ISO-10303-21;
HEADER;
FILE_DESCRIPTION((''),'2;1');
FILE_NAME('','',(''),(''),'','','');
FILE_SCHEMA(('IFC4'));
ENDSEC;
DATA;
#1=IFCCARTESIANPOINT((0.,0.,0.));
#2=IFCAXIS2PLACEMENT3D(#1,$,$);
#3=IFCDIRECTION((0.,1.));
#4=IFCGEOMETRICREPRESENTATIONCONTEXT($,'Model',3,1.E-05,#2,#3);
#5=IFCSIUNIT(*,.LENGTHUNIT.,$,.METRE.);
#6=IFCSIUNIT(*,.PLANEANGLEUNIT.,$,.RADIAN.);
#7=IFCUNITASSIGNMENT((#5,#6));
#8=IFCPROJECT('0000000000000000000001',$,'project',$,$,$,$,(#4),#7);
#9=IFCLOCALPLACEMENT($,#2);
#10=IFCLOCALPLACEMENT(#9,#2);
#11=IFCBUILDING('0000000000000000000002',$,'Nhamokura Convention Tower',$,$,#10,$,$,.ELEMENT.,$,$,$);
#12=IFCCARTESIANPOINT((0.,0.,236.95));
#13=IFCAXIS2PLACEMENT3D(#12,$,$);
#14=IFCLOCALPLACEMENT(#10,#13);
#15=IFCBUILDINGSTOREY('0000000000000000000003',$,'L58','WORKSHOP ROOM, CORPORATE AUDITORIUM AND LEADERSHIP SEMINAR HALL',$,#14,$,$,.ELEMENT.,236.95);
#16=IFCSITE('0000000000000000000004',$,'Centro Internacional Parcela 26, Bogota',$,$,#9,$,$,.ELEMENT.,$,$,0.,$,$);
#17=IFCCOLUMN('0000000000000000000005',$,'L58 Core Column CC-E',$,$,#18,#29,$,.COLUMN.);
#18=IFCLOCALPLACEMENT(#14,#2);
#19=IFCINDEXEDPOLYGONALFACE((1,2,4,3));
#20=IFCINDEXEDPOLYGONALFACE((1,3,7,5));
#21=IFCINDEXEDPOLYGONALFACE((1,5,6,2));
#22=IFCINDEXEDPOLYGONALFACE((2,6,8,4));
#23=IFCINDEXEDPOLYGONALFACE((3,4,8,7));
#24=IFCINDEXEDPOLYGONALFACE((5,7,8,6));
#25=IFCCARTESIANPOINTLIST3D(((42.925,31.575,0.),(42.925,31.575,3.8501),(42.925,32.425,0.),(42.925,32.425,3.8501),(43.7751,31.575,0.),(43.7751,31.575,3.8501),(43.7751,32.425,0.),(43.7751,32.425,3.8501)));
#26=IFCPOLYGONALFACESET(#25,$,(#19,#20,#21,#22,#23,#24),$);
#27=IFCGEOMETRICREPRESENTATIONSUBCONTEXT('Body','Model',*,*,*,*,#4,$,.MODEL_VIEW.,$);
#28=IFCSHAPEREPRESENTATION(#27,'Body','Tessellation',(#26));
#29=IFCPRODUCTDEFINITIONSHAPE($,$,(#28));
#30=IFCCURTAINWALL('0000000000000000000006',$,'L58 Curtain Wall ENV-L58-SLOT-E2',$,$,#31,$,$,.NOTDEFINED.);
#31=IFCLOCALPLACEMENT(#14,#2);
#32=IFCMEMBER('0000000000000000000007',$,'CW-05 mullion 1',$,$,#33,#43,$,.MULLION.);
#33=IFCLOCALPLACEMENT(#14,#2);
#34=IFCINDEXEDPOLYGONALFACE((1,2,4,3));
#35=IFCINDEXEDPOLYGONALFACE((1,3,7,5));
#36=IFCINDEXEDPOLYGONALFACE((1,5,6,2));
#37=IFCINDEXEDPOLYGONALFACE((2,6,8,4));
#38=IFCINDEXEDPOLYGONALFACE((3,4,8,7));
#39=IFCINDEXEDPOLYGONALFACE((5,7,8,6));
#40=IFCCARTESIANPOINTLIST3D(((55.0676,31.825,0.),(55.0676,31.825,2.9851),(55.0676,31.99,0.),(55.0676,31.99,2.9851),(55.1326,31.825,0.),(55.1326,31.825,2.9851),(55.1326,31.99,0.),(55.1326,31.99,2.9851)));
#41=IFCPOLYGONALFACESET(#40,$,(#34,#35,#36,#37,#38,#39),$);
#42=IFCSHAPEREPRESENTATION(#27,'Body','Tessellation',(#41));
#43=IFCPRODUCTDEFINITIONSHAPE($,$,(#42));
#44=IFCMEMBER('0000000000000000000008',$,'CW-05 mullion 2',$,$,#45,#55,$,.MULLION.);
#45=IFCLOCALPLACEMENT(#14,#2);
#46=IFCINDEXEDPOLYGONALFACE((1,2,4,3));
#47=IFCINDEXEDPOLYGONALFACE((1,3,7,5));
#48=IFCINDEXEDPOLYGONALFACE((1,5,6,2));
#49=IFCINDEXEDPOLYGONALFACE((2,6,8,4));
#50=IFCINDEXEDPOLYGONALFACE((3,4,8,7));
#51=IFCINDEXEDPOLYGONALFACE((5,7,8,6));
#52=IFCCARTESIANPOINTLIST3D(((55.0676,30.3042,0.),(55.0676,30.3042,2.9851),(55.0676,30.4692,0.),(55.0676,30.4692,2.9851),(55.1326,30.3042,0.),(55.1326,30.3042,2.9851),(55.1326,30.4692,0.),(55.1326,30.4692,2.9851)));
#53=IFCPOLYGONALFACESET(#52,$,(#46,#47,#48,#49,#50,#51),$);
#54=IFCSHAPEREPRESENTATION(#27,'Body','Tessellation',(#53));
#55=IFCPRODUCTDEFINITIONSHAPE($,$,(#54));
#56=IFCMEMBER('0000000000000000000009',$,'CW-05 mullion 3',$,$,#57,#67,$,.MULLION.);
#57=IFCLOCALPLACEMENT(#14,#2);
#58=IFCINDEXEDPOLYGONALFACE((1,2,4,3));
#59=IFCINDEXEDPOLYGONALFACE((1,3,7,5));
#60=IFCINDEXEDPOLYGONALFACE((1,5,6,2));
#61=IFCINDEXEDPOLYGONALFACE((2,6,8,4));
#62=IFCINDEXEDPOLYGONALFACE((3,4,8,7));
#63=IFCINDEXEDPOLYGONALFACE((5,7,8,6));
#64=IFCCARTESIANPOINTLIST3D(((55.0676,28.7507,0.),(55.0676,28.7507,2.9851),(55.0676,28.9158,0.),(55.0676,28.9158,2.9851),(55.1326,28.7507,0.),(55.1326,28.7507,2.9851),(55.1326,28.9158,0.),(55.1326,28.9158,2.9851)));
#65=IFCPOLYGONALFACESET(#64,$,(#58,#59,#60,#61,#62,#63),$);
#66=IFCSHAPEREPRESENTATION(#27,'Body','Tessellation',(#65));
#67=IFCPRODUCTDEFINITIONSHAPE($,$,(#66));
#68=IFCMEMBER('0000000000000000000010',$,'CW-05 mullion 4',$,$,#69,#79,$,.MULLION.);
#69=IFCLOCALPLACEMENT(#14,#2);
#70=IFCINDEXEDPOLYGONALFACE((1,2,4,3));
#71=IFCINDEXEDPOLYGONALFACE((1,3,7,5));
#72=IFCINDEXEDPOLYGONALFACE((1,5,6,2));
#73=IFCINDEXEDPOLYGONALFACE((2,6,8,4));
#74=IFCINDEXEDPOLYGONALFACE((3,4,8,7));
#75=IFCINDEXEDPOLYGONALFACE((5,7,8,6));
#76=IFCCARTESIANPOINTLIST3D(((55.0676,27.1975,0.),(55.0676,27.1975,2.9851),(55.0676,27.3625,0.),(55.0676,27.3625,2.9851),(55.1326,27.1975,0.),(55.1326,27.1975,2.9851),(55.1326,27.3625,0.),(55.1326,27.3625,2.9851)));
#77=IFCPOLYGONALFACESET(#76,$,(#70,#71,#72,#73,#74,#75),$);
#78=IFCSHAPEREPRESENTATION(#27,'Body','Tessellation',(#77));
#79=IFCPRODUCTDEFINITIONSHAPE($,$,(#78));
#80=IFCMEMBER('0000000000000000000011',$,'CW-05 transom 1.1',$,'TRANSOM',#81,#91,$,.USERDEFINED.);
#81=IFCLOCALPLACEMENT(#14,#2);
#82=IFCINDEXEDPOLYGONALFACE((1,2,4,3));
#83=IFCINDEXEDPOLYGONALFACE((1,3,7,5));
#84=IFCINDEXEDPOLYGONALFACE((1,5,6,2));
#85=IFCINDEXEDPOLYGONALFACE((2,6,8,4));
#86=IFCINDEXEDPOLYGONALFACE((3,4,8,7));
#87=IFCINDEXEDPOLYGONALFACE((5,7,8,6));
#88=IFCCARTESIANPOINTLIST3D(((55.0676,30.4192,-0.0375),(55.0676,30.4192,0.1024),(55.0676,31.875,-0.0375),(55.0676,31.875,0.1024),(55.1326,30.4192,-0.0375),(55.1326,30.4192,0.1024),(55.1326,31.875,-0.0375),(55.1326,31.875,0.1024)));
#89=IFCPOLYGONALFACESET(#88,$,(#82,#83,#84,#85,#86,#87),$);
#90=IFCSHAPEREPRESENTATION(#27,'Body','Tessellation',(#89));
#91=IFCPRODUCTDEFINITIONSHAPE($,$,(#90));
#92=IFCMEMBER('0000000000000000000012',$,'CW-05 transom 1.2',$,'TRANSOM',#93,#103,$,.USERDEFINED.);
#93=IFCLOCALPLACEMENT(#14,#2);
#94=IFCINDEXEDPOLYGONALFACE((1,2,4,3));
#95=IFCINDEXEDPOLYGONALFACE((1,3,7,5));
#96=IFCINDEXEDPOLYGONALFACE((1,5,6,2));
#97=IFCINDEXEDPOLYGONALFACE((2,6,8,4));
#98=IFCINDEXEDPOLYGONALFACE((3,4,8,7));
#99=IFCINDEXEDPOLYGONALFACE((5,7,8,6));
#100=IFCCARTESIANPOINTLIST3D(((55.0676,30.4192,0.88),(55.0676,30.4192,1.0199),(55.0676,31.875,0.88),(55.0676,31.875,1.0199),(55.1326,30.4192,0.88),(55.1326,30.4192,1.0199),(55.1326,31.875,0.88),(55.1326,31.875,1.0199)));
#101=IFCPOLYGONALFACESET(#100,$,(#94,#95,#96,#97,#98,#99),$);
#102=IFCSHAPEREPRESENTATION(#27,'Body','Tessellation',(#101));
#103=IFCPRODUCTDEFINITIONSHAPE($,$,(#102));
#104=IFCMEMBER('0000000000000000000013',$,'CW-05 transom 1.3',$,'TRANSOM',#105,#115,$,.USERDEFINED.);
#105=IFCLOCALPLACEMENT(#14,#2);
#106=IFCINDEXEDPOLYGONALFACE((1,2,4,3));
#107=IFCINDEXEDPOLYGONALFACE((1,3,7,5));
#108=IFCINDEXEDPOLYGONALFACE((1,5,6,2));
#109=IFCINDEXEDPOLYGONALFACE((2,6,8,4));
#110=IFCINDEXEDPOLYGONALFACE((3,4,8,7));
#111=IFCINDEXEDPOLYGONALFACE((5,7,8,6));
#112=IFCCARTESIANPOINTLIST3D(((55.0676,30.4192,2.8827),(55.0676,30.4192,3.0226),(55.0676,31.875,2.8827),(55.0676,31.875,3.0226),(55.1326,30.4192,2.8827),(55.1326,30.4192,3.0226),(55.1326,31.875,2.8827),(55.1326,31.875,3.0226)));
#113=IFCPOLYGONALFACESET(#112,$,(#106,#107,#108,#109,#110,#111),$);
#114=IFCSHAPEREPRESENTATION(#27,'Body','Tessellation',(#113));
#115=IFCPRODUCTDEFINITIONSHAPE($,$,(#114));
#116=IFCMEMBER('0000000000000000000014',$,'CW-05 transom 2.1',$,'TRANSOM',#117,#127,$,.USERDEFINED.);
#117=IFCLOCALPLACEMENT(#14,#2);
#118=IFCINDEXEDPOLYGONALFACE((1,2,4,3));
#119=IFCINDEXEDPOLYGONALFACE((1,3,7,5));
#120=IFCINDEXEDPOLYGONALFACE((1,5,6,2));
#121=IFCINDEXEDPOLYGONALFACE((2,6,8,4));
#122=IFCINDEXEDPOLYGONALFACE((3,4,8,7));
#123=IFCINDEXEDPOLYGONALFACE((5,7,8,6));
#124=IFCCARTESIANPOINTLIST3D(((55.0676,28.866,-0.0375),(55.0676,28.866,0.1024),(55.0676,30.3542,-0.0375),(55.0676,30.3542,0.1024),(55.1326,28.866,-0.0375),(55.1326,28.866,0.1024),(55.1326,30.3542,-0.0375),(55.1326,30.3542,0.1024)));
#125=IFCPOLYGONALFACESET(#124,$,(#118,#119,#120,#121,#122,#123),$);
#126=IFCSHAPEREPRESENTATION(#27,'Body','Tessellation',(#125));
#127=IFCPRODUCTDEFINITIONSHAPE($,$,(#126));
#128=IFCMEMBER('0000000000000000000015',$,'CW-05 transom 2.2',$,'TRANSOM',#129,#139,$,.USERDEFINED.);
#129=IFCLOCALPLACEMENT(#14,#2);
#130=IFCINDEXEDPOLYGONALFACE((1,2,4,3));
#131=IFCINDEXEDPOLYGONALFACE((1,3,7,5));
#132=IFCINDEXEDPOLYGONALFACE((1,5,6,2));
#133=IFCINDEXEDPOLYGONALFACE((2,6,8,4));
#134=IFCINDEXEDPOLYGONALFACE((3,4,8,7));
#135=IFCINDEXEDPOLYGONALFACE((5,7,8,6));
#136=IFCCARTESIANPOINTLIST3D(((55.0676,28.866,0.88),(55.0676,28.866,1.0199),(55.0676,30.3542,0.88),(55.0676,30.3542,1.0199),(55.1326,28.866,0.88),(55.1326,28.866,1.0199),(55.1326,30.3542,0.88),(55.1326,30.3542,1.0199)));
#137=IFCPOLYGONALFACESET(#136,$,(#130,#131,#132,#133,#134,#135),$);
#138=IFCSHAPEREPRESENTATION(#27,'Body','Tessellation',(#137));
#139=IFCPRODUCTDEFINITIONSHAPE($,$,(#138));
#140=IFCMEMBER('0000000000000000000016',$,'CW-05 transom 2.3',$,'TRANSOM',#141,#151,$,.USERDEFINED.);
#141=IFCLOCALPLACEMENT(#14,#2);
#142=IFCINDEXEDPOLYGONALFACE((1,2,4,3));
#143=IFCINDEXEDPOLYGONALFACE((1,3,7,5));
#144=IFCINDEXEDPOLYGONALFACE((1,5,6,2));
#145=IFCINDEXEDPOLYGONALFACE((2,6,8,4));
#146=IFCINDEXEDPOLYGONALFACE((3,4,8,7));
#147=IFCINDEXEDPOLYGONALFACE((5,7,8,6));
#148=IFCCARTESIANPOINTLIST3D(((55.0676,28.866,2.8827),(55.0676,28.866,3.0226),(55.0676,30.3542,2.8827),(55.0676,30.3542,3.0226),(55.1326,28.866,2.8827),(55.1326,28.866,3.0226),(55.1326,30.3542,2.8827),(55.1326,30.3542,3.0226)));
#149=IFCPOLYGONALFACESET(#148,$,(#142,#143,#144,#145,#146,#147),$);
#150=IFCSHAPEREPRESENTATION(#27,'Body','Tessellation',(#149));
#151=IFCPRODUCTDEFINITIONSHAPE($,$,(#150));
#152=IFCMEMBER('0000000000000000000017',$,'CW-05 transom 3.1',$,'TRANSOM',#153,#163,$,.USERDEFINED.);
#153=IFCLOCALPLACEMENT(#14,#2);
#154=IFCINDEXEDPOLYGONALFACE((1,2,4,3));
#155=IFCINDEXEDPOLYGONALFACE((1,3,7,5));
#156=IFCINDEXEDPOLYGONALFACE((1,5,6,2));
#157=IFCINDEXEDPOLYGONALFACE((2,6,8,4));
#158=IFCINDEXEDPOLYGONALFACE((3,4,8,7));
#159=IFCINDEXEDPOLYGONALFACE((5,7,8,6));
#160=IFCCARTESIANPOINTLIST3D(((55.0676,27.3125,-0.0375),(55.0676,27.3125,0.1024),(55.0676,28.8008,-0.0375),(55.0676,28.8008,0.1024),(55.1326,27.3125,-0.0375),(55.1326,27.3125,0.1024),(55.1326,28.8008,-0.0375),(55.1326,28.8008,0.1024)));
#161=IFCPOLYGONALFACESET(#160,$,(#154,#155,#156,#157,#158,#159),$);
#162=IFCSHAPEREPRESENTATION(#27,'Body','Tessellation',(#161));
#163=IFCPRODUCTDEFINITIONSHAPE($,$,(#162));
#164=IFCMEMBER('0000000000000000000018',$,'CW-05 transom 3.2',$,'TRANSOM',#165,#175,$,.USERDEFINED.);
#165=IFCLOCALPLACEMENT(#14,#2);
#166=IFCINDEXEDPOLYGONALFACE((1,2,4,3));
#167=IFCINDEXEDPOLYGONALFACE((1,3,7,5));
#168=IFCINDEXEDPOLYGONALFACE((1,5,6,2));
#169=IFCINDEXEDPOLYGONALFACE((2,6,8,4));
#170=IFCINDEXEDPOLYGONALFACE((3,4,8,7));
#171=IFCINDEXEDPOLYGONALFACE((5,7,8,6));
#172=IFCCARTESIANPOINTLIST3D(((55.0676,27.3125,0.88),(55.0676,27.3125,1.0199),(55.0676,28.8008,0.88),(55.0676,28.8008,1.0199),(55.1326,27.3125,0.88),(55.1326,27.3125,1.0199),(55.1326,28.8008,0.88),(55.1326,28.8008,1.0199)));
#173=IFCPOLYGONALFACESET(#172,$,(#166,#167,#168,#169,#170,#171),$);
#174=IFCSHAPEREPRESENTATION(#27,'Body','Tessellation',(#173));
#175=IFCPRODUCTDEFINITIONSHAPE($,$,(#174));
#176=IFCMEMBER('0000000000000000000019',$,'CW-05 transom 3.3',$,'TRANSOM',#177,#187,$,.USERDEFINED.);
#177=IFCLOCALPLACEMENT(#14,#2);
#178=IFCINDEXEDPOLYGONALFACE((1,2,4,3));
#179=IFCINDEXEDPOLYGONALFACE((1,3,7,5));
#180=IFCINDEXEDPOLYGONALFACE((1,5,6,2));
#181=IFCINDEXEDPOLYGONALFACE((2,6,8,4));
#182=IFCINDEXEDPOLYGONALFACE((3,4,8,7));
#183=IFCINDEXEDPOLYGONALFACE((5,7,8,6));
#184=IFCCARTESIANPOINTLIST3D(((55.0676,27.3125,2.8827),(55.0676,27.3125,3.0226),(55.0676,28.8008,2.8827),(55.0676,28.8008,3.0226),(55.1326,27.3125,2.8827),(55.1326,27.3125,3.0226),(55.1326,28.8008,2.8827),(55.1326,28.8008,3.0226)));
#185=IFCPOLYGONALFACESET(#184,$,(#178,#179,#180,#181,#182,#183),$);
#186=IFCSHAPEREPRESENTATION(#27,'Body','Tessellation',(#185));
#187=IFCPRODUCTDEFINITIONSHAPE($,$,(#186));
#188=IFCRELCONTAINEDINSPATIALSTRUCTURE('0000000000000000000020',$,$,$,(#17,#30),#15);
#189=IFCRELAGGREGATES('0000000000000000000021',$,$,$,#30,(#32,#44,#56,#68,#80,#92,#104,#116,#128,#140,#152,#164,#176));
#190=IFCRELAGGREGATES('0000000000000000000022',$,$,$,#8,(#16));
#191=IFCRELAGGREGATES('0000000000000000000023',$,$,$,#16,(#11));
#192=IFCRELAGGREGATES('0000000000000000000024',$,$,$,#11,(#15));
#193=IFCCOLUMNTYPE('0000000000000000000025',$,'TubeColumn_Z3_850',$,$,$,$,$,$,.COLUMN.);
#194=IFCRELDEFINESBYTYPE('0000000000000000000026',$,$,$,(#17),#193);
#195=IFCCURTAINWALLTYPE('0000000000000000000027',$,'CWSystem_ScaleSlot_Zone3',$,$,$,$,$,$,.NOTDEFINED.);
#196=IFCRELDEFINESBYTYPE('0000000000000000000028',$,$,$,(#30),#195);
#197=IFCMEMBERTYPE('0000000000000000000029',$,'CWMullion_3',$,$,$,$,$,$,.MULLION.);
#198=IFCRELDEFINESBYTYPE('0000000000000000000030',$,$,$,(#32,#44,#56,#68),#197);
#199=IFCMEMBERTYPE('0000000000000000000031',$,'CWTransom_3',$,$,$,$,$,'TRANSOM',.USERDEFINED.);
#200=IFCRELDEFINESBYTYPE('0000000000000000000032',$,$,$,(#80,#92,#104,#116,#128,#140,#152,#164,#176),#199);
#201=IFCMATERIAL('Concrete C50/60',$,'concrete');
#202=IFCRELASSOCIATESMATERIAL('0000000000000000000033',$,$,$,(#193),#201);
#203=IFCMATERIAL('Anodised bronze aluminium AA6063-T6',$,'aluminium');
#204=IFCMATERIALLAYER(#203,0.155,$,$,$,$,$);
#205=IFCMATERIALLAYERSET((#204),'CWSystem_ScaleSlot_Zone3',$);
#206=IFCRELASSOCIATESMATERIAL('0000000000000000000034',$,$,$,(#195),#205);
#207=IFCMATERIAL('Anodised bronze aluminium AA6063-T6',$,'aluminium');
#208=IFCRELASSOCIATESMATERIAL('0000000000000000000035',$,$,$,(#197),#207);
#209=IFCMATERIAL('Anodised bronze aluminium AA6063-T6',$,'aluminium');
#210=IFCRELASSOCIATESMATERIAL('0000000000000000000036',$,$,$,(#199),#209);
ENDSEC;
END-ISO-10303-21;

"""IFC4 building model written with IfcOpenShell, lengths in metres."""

from ifc_helpers import new_model, si_unit, direction, frame, origin, origin_2d, place, context, subcontext, project, spatial, rectangle, extrude, material, layer, layer_set, material_profile, profile_set, type_object, element, aggregate, save


model = new_model("IFC4")

# Units and contexts
model_context = context("Model", 3, precision=1e-05, world=origin(), true_north=direction((0.0, 1.0)))
body_context = subcontext(model_context, "Body", "Model", "MODEL_VIEW")
ifc_project = project(units=[si_unit("LENGTHUNIT", "METRE"), si_unit("PLANEANGLEUNIT", "RADIAN")], contexts=[model_context])

# Site, building, storey
site_placement = place(None, origin())
site = spatial("IfcSite", under=ifc_project, at=site_placement, Name="Centro Internacional Parcela 26, Bogota", CompositionType="ELEMENT", RefElevation=0.0)
building_placement = place(site_placement, origin())
building = spatial("IfcBuilding", under=site, at=building_placement, Name="Nhamokura Convention Tower", CompositionType="ELEMENT")
storey_placement = place(building_placement, frame((0.0, 0.0, 236.95)))
storey = spatial("IfcBuildingStorey", under=building, at=storey_placement, Name="L58", Description="WORKSHOP ROOM, CORPORATE AUDITORIUM AND LEADERSHIP SEMINAR HALL", CompositionType="ELEMENT", Elevation=236.95)

# Column
ifc_material_1 = material(Name="Concrete C50/60", Category="concrete")
ifc_material_profile_1 = material_profile(ifc_material_1, rectangle(XDim=0.8501, YDim=0.8501, at=origin_2d()))
ifc_profile_set_1 = profile_set([ifc_material_profile_1], Name="Concrete C50/60")
column_type = type_object("IfcColumnType", Name="TubeColumn_Z3_850", PredefinedType="COLUMN", material=ifc_profile_set_1)
column_placement = place(storey_placement, frame((43.3501, 32.0, 0.0), z_axis=(0.0, 0.0, 1.0), x_axis=(1.0, 0.0, 0.0)))
element("IfcColumn", 1, at=column_placement, inside=storey, type_object=column_type, Name="L58 Core Column CC-E", PredefinedType="COLUMN", context=body_context, shape_type="SweptSolid", body=[
    extrude(rectangle(XDim=0.8501, YDim=0.8501, at=origin_2d()), origin(), (0.0, 0.0, 1.0), 3.8501),
])

# Curtain wall, members
ifc_material_2 = material(Name="Anodised bronze aluminium AA6063-T6", Category="aluminium")
ifc_layer_1 = layer(ifc_material_2, 0.155)
ifc_layer_set_1 = layer_set([ifc_layer_1], Name="CWSystem_ScaleSlot_Zone3")
curtain_wall_type = type_object("IfcCurtainWallType", Name="CWSystem_ScaleSlot_Zone3", PredefinedType="NOTDEFINED", material=ifc_layer_set_1)
curtain_wall_placement = place(storey_placement, origin())
curtain_wall = element("IfcCurtainWall", 2, at=curtain_wall_placement, inside=storey, type_object=curtain_wall_type, Name="L58 Curtain Wall ENV-L58-SLOT-E2", PredefinedType="NOTDEFINED")
ifc_material_3 = material(Name="Anodised bronze aluminium AA6063-T6", Category="aluminium")
ifc_material_profile_2 = material_profile(ifc_material_3, rectangle(XDim=0.0649, YDim=0.165, at=origin_2d()))
ifc_profile_set_2 = profile_set([ifc_material_profile_2], Name="Anodised bronze aluminium AA6063-T6")
member_type_1 = type_object("IfcMemberType", Name="CWMullion_3", PredefinedType="MULLION", material=ifc_profile_set_2)
member_1_placement = place(storey_placement, frame((55.1001, 31.9075, 0.0), z_axis=(0.0, 0.0, 1.0), x_axis=(1.0, 0.0, 0.0)))
member_1 = element("IfcMember", 3, at=member_1_placement, type_object=member_type_1, Name="CW-05 mullion 1", PredefinedType="MULLION", context=body_context, shape_type="SweptSolid", body=[
    extrude(rectangle(XDim=0.0649, YDim=0.165, at=origin_2d()), origin(), (0.0, 0.0, 1.0), 2.9851),
])
member_2_placement = place(storey_placement, frame((55.1001, 30.3867, 0.0), z_axis=(0.0, 0.0, 1.0), x_axis=(1.0, 0.0, 0.0)))
member_2 = element("IfcMember", 4, at=member_2_placement, type_object=member_type_1, Name="CW-05 mullion 2", PredefinedType="MULLION", context=body_context, shape_type="SweptSolid", body=[
    extrude(rectangle(XDim=0.0649, YDim=0.165, at=origin_2d()), origin(), (0.0, 0.0, 1.0), 2.9851),
])
member_3_placement = place(storey_placement, frame((55.1001, 28.8333, 0.0), z_axis=(0.0, 0.0, 1.0), x_axis=(1.0, 0.0, 0.0)))
member_3 = element("IfcMember", 5, at=member_3_placement, type_object=member_type_1, Name="CW-05 mullion 3", PredefinedType="MULLION", context=body_context, shape_type="SweptSolid", body=[
    extrude(rectangle(XDim=0.0649, YDim=0.165, at=origin_2d()), origin(), (0.0, 0.0, 1.0), 2.9851),
])
member_4_placement = place(storey_placement, frame((55.1001, 27.28, 0.0), z_axis=(0.0, 0.0, 1.0), x_axis=(1.0, 0.0, 0.0)))
member_4 = element("IfcMember", 6, at=member_4_placement, type_object=member_type_1, Name="CW-05 mullion 4", PredefinedType="MULLION", context=body_context, shape_type="SweptSolid", body=[
    extrude(rectangle(XDim=0.0649, YDim=0.165, at=origin_2d()), origin(), (0.0, 0.0, 1.0), 2.9851),
])
ifc_material_4 = material(Name="Anodised bronze aluminium AA6063-T6", Category="aluminium")
ifc_material_profile_3 = material_profile(ifc_material_4, rectangle(XDim=0.0649, YDim=0.1399, at=origin_2d()))
ifc_profile_set_3 = profile_set([ifc_material_profile_3], Name="Anodised bronze aluminium AA6063-T6")
member_type_2 = type_object("IfcMemberType", Name="CWTransom_3", ElementType="TRANSOM", PredefinedType="USERDEFINED", material=ifc_profile_set_3)
member_5_placement = place(storey_placement, frame((55.1001, 31.875, 0.0325), z_axis=(0.0, -1.0, 0.0), x_axis=(1.0, 0.0, 0.0)))
member_5 = element("IfcMember", 7, at=member_5_placement, type_object=member_type_2, Name="CW-05 transom 1.1", ObjectType="TRANSOM", PredefinedType="USERDEFINED", context=body_context, shape_type="SweptSolid", body=[
    extrude(rectangle(XDim=0.0649, YDim=0.1399, at=origin_2d()), origin(), (0.0, 0.0, 1.0), 1.4558),
])
member_6_placement = place(storey_placement, frame((55.1001, 31.875, 0.95), z_axis=(0.0, -1.0, 0.0), x_axis=(1.0, 0.0, 0.0)))
member_6 = element("IfcMember", 8, at=member_6_placement, type_object=member_type_2, Name="CW-05 transom 1.2", ObjectType="TRANSOM", PredefinedType="USERDEFINED", context=body_context, shape_type="SweptSolid", body=[
    extrude(rectangle(XDim=0.0649, YDim=0.1399, at=origin_2d()), origin(), (0.0, 0.0, 1.0), 1.4558),
])
member_7_placement = place(storey_placement, frame((55.1001, 31.875, 2.9526), z_axis=(0.0, -1.0, 0.0), x_axis=(1.0, 0.0, 0.0)))
member_7 = element("IfcMember", 9, at=member_7_placement, type_object=member_type_2, Name="CW-05 transom 1.3", ObjectType="TRANSOM", PredefinedType="USERDEFINED", context=body_context, shape_type="SweptSolid", body=[
    extrude(rectangle(XDim=0.0649, YDim=0.1399, at=origin_2d()), origin(), (0.0, 0.0, 1.0), 1.4558),
])
member_8_placement = place(storey_placement, frame((55.1001, 30.3542, 0.0325), z_axis=(0.0, -1.0, 0.0), x_axis=(1.0, 0.0, 0.0)))
member_8 = element("IfcMember", 10, at=member_8_placement, type_object=member_type_2, Name="CW-05 transom 2.1", ObjectType="TRANSOM", PredefinedType="USERDEFINED", context=body_context, shape_type="SweptSolid", body=[
    extrude(rectangle(XDim=0.0649, YDim=0.1399, at=origin_2d()), origin(), (0.0, 0.0, 1.0), 1.4883),
])
member_9_placement = place(storey_placement, frame((55.1001, 30.3542, 0.95), z_axis=(0.0, -1.0, 0.0), x_axis=(1.0, 0.0, 0.0)))
member_9 = element("IfcMember", 11, at=member_9_placement, type_object=member_type_2, Name="CW-05 transom 2.2", ObjectType="TRANSOM", PredefinedType="USERDEFINED", context=body_context, shape_type="SweptSolid", body=[
    extrude(rectangle(XDim=0.0649, YDim=0.1399, at=origin_2d()), origin(), (0.0, 0.0, 1.0), 1.4883),
])
member_10_placement = place(storey_placement, frame((55.1001, 30.3542, 2.9526), z_axis=(0.0, -1.0, 0.0), x_axis=(1.0, 0.0, 0.0)))
member_10 = element("IfcMember", 12, at=member_10_placement, type_object=member_type_2, Name="CW-05 transom 2.3", ObjectType="TRANSOM", PredefinedType="USERDEFINED", context=body_context, shape_type="SweptSolid", body=[
    extrude(rectangle(XDim=0.0649, YDim=0.1399, at=origin_2d()), origin(), (0.0, 0.0, 1.0), 1.4883),
])
member_11_placement = place(storey_placement, frame((55.1001, 28.8008, 0.0325), z_axis=(0.0, -1.0, 0.0), x_axis=(1.0, 0.0, 0.0)))
member_11 = element("IfcMember", 13, at=member_11_placement, type_object=member_type_2, Name="CW-05 transom 3.1", ObjectType="TRANSOM", PredefinedType="USERDEFINED", context=body_context, shape_type="SweptSolid", body=[
    extrude(rectangle(XDim=0.0649, YDim=0.1399, at=origin_2d()), origin(), (0.0, 0.0, 1.0), 1.4883),
])
member_12_placement = place(storey_placement, frame((55.1001, 28.8008, 0.95), z_axis=(0.0, -1.0, 0.0), x_axis=(1.0, 0.0, 0.0)))
member_12 = element("IfcMember", 14, at=member_12_placement, type_object=member_type_2, Name="CW-05 transom 3.2", ObjectType="TRANSOM", PredefinedType="USERDEFINED", context=body_context, shape_type="SweptSolid", body=[
    extrude(rectangle(XDim=0.0649, YDim=0.1399, at=origin_2d()), origin(), (0.0, 0.0, 1.0), 1.4883),
])
member_13_placement = place(storey_placement, frame((55.1001, 28.8008, 2.9526), z_axis=(0.0, -1.0, 0.0), x_axis=(1.0, 0.0, 0.0)))
member_13 = element("IfcMember", 15, at=member_13_placement, type_object=member_type_2, Name="CW-05 transom 3.3", ObjectType="TRANSOM", PredefinedType="USERDEFINED", context=body_context, shape_type="SweptSolid", body=[
    extrude(rectangle(XDim=0.0649, YDim=0.1399, at=origin_2d()), origin(), (0.0, 0.0, 1.0), 1.4883),
])

aggregate(curtain_wall, [member_1, member_2, member_3, member_4, member_5, member_6, member_7, member_8, member_9, member_10, member_11, member_12, member_13])

save(model, "model.ifc")
